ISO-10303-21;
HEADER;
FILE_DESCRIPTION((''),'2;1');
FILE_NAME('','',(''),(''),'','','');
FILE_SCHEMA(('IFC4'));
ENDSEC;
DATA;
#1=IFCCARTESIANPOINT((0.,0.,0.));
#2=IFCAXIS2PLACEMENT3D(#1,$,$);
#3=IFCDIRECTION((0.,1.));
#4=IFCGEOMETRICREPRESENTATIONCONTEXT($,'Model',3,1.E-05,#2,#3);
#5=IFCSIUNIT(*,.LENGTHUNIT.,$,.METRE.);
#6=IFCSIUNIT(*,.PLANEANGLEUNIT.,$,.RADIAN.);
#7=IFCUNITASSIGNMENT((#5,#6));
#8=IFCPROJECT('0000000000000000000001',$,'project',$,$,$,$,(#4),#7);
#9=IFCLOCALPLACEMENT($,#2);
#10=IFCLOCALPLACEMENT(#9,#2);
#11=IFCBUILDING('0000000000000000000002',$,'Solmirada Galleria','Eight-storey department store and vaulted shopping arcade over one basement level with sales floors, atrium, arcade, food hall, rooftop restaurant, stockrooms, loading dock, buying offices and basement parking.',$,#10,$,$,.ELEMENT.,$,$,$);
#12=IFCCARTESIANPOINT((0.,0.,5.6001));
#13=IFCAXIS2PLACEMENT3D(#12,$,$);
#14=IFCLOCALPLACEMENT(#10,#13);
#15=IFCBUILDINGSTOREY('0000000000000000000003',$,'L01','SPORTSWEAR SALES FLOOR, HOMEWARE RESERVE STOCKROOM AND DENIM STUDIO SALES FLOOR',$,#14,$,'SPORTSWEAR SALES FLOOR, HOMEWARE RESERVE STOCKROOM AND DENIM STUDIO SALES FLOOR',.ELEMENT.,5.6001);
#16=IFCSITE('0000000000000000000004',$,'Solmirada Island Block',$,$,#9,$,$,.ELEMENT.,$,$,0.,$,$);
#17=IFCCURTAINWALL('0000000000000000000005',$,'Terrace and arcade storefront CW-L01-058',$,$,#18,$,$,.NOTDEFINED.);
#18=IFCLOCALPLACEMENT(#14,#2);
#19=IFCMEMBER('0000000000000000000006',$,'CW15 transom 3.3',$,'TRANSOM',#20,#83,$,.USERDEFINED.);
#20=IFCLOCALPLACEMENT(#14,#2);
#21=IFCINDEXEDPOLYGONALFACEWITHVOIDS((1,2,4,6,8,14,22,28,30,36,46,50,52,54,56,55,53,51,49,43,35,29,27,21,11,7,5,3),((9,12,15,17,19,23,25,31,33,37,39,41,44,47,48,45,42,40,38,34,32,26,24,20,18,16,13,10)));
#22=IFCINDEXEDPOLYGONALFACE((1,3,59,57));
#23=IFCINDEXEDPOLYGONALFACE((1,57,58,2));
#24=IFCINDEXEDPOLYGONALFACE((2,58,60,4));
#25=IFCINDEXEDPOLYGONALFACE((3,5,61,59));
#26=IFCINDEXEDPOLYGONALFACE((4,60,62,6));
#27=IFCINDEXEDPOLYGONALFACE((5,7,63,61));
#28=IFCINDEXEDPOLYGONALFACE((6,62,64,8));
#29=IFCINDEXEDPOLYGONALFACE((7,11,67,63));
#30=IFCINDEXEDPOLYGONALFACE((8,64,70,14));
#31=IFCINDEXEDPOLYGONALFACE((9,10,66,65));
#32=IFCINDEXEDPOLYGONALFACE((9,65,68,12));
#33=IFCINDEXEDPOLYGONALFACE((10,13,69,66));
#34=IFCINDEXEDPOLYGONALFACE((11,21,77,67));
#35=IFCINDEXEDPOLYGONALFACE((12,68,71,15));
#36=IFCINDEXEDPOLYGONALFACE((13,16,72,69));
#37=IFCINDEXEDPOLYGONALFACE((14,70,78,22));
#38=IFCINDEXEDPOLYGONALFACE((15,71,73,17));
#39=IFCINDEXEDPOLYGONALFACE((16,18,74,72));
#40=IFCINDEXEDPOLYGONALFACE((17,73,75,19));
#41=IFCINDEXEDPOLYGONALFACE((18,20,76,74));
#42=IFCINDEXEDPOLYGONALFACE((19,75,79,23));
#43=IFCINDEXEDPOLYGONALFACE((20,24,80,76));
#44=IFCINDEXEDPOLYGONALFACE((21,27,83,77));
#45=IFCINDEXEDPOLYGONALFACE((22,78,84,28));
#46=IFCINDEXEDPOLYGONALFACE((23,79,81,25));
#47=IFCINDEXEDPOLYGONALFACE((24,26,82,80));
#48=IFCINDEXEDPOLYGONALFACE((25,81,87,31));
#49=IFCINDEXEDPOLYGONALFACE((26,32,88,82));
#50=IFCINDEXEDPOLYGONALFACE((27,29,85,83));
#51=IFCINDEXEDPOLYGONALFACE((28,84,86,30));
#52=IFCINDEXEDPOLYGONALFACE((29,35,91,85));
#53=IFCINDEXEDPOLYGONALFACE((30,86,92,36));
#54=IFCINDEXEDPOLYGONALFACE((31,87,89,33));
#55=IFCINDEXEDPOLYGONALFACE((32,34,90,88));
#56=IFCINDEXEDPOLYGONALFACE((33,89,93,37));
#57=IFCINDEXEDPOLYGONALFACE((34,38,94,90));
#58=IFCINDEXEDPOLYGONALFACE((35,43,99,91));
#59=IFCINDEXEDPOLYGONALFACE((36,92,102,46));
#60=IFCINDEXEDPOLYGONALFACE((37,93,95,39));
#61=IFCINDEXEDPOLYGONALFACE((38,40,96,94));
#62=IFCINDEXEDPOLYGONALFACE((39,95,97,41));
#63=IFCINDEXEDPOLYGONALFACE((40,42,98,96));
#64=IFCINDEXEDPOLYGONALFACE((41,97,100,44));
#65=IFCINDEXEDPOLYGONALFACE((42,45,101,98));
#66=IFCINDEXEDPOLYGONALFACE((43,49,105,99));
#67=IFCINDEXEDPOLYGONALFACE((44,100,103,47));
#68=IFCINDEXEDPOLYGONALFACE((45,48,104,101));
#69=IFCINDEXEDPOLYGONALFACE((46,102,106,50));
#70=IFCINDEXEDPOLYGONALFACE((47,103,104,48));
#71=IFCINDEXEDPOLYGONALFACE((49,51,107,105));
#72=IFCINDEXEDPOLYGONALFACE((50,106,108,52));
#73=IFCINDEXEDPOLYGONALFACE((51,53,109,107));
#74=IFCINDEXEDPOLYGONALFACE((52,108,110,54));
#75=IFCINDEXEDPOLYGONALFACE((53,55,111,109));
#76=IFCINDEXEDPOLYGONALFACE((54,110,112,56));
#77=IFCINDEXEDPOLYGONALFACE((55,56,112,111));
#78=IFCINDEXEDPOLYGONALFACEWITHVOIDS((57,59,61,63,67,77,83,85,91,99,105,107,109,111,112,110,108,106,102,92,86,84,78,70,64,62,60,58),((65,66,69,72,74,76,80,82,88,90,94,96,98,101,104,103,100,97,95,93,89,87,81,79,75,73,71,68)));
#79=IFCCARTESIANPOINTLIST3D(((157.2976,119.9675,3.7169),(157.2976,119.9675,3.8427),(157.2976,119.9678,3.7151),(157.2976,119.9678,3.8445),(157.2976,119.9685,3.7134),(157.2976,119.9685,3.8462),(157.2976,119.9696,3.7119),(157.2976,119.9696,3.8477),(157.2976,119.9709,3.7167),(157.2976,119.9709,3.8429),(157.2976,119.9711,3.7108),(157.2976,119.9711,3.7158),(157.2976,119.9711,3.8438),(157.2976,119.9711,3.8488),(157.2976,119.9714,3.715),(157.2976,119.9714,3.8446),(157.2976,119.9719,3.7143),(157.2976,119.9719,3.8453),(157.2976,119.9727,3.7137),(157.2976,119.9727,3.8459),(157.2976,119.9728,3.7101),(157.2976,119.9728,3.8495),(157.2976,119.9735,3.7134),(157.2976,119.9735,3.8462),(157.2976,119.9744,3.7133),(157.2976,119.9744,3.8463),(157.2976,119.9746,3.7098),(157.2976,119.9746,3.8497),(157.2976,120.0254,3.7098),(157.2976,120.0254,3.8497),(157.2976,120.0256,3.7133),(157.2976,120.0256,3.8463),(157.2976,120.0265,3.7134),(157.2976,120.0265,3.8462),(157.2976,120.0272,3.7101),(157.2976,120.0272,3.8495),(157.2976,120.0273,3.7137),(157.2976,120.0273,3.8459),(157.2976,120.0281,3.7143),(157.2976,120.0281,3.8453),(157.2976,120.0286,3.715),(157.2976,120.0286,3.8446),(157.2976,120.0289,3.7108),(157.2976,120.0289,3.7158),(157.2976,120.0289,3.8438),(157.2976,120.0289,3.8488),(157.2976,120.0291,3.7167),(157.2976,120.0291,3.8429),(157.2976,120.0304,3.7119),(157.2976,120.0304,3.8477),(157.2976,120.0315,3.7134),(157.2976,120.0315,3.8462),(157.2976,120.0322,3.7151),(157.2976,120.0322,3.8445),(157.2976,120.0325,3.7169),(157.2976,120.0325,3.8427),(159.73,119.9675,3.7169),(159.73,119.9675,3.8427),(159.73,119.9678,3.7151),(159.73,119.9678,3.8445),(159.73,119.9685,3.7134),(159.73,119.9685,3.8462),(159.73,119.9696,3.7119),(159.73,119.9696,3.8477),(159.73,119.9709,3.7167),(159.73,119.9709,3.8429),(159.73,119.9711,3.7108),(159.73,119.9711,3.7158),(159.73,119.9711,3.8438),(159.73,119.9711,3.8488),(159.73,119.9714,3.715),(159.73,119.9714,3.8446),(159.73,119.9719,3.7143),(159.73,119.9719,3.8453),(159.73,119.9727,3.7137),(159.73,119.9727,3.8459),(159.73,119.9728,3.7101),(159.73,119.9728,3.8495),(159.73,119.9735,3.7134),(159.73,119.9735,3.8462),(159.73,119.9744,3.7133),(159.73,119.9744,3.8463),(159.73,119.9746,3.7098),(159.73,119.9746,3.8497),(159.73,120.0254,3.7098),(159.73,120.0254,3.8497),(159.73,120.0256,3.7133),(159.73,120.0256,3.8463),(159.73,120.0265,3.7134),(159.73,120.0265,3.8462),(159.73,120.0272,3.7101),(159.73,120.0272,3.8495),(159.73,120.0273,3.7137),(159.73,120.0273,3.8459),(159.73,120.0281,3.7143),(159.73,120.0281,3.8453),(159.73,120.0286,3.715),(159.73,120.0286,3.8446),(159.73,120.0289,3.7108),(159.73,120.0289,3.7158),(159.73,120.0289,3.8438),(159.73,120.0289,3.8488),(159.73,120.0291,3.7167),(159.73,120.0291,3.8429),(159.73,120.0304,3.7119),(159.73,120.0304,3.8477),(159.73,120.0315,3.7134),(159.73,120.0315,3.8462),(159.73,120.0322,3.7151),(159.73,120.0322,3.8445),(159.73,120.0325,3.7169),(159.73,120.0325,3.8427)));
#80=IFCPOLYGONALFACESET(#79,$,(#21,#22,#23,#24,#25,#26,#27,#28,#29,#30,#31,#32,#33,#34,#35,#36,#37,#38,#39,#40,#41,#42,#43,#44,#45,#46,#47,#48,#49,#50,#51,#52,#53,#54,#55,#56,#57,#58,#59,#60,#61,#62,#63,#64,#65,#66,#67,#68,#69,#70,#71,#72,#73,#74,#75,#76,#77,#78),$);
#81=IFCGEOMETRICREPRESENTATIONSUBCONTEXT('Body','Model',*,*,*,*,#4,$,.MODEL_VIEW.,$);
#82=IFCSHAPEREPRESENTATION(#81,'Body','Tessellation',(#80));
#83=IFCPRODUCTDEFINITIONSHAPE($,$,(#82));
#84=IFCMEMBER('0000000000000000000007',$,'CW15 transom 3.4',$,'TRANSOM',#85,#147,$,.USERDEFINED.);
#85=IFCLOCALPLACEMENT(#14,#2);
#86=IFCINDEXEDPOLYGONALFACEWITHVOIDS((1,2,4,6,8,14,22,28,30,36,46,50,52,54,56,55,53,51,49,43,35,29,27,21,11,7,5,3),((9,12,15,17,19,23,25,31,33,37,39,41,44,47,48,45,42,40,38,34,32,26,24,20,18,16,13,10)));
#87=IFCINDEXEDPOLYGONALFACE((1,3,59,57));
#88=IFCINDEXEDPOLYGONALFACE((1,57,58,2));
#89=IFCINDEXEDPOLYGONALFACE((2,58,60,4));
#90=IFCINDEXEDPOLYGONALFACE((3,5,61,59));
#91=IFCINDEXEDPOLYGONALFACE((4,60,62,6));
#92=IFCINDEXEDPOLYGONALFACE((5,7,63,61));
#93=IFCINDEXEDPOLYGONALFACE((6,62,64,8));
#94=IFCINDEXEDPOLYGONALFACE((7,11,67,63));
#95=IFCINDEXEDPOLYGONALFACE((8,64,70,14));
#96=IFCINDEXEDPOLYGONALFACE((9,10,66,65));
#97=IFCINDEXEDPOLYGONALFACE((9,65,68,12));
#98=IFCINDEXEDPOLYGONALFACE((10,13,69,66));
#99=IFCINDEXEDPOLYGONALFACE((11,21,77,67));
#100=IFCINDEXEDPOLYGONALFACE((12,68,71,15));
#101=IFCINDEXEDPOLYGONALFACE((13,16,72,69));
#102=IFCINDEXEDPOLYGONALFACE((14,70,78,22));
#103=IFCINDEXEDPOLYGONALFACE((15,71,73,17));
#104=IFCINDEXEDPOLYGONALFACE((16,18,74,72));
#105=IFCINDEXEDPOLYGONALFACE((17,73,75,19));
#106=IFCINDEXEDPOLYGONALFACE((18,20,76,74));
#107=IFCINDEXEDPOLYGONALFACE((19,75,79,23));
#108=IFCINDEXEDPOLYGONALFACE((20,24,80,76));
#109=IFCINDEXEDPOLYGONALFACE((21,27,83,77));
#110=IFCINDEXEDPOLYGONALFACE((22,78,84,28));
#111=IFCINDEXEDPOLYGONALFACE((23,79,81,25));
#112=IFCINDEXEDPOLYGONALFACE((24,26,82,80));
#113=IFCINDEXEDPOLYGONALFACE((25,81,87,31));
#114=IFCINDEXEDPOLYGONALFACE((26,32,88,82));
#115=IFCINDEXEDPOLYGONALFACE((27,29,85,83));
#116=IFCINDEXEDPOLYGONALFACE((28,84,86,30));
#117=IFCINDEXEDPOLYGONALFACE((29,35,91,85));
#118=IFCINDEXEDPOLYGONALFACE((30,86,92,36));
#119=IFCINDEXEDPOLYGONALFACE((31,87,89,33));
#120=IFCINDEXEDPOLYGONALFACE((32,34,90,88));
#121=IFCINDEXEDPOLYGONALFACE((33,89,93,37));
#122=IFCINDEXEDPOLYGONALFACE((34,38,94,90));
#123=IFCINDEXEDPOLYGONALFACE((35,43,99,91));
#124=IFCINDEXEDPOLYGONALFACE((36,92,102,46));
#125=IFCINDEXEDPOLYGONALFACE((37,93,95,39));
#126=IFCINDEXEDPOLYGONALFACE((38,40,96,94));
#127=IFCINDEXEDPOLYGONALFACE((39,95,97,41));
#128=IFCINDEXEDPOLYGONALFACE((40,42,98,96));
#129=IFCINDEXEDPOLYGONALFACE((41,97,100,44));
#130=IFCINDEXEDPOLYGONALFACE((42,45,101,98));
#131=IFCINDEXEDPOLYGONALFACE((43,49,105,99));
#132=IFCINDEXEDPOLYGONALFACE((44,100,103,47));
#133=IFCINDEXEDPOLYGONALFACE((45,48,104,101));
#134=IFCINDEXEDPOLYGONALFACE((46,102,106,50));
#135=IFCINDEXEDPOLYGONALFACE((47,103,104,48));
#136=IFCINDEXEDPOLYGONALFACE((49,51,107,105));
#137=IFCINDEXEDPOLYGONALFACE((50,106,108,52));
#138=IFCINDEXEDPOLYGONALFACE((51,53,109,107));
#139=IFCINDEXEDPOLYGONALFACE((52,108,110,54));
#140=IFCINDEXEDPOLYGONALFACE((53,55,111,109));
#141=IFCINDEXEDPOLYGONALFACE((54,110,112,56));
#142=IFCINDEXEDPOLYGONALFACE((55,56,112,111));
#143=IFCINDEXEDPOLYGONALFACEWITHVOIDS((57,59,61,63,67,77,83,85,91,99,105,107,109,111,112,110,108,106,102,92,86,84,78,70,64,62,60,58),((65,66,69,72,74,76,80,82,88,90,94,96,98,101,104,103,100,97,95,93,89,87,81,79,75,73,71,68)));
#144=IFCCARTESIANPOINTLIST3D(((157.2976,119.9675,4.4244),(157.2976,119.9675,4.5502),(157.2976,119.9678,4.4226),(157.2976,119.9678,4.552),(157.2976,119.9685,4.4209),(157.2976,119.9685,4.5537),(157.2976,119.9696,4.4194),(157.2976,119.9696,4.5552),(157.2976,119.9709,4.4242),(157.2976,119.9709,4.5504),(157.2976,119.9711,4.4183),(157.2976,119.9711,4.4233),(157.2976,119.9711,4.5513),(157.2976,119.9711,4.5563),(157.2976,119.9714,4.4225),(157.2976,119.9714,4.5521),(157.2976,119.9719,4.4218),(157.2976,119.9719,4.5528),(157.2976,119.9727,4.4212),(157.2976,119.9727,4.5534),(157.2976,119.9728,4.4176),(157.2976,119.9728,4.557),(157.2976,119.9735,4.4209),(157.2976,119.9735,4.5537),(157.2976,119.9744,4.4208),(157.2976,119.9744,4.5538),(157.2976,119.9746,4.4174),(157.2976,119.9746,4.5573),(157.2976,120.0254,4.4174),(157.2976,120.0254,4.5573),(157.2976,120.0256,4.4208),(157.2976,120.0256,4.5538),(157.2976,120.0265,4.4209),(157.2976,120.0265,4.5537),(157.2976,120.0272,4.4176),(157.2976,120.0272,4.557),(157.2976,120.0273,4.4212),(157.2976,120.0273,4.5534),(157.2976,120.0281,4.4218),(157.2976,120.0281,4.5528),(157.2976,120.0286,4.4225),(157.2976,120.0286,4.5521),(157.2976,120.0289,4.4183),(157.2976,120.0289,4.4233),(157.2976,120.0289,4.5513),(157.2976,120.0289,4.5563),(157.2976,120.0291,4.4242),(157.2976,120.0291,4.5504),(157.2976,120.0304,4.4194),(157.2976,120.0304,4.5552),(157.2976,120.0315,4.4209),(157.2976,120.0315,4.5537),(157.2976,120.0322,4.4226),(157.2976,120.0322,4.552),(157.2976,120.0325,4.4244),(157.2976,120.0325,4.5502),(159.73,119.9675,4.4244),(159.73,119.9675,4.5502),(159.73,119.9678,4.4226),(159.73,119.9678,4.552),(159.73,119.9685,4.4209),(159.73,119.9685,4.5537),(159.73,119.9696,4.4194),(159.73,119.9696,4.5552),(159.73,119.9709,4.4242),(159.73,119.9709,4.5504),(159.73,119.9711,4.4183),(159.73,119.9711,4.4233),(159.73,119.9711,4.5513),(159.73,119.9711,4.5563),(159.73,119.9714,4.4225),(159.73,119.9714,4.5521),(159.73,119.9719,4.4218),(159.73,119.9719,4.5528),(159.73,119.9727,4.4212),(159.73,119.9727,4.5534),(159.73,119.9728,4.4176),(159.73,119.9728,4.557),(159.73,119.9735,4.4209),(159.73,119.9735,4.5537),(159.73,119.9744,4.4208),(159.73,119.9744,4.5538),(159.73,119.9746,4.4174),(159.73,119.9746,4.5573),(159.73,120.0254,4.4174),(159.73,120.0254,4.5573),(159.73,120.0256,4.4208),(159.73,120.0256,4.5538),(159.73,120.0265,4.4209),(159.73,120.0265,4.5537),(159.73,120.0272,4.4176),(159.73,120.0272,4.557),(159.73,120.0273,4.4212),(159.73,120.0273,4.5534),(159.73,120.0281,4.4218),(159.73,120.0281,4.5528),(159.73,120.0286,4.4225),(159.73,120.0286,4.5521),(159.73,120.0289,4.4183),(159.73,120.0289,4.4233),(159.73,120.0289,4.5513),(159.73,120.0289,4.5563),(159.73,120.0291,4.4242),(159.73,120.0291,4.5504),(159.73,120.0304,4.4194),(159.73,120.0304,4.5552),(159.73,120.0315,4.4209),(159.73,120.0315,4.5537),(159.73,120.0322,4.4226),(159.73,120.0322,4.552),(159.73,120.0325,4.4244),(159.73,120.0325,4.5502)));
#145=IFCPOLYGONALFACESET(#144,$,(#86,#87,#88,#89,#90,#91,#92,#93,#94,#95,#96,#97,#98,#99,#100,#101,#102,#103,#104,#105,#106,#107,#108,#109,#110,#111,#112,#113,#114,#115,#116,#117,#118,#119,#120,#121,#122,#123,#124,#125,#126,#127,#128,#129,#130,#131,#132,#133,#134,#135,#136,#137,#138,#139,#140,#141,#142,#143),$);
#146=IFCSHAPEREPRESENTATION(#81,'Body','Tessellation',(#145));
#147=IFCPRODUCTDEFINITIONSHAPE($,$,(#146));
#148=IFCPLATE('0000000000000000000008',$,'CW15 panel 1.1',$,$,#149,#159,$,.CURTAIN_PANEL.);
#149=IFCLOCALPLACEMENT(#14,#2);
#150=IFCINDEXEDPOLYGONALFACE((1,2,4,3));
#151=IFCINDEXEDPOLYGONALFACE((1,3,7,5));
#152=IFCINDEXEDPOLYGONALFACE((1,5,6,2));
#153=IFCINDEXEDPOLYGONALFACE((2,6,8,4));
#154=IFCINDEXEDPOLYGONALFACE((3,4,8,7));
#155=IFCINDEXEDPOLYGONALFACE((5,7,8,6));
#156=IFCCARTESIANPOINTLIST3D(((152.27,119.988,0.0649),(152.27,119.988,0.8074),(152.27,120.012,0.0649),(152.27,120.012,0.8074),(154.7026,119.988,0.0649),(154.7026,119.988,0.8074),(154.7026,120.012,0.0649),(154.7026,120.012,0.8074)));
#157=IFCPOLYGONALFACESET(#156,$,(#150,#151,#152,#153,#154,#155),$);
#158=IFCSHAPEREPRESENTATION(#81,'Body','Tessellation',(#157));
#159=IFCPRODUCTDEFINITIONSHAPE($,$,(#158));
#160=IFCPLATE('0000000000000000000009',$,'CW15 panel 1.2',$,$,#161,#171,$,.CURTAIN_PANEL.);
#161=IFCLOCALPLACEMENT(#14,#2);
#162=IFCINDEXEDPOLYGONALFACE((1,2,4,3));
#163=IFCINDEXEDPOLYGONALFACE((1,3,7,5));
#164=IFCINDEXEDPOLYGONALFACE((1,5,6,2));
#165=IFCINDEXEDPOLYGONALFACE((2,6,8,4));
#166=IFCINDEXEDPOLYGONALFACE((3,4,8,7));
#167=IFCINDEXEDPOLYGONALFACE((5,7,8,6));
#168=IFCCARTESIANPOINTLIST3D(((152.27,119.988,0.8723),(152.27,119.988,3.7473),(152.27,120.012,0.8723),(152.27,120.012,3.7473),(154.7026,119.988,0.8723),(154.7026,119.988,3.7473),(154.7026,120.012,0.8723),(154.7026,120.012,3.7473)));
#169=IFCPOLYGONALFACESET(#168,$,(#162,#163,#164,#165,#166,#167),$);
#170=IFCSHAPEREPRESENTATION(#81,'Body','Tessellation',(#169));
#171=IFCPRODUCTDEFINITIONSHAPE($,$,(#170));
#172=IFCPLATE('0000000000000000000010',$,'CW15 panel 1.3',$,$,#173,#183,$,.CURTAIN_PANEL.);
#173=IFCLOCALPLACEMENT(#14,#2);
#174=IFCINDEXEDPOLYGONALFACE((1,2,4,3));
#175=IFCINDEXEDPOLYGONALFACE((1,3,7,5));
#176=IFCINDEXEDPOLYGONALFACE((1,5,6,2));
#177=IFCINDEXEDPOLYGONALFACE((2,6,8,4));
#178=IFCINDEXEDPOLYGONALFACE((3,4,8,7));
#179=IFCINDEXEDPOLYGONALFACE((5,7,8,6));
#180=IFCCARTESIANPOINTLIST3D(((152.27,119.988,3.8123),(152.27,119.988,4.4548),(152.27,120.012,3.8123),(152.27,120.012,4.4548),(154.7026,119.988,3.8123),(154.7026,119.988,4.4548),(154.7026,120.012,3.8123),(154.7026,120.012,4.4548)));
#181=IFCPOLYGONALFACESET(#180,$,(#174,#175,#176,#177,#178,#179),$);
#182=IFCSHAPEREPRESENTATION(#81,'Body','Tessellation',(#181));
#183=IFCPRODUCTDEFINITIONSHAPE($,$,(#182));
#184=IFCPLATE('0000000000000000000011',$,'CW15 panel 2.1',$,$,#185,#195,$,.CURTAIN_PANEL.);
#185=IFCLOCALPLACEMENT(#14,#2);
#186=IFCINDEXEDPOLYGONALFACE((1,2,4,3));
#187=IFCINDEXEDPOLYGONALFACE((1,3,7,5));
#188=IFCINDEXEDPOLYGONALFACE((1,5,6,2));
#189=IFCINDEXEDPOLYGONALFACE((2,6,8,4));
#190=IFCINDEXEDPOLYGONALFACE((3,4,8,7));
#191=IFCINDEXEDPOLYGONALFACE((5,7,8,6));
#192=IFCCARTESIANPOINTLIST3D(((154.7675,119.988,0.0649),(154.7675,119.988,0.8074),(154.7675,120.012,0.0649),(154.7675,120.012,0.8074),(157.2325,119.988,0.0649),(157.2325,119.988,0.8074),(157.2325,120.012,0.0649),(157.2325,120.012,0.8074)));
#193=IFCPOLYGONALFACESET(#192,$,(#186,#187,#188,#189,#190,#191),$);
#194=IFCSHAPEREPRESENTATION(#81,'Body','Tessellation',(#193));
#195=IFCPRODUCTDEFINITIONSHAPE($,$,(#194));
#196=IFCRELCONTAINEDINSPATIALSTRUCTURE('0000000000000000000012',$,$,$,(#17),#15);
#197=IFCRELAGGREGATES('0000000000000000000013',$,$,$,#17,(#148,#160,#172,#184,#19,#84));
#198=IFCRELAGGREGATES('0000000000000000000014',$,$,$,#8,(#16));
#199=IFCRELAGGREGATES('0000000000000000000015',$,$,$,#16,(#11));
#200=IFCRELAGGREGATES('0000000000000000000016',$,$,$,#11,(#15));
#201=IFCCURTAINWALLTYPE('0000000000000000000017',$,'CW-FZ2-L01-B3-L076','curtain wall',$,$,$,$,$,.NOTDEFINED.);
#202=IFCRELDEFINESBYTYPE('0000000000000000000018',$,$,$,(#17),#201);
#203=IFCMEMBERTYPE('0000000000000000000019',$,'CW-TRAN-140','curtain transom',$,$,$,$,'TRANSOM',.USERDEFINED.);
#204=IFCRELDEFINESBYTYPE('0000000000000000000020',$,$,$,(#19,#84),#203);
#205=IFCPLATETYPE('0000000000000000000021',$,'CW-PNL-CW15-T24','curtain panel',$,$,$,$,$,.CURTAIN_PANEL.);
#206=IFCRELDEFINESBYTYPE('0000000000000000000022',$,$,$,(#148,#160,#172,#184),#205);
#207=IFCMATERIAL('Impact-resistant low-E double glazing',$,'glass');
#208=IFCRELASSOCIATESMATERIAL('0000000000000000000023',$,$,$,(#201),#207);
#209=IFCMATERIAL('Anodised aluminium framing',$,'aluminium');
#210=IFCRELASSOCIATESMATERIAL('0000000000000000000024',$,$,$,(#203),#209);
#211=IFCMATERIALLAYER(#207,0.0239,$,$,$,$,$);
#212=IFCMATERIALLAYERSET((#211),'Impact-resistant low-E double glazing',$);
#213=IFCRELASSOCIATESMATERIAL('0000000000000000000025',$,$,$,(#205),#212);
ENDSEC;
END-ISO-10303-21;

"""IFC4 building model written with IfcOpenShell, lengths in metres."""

from ifc_helpers import new_model, si_unit, direction, frame, origin, origin_2d, place, context, subcontext, project, spatial, rectangle, hollow_rectangle, extrude, material, layer, layer_set, material_profile, profile_set, type_object, element, aggregate, save


model = new_model("IFC4")

# Units and contexts
model_context = context("Model", 3, precision=1e-05, world=origin(), true_north=direction((0.0, 1.0)))
body_context = subcontext(model_context, "Body", "Model", "MODEL_VIEW")
ifc_project = project(units=[si_unit("LENGTHUNIT", "METRE"), si_unit("PLANEANGLEUNIT", "RADIAN")], contexts=[model_context])

# Site, building, storey
site_placement = place(None, origin())
site = spatial("IfcSite", under=ifc_project, at=site_placement, Name="Solmirada Island Block", CompositionType="ELEMENT", RefElevation=0.0)
building_placement = place(site_placement, origin())
building = spatial("IfcBuilding", under=site, at=building_placement, Name="Solmirada Galleria", Description="Eight-storey department store and vaulted shopping arcade over one basement level with sales floors, atrium, arcade, food hall, rooftop restaurant, stockrooms, loading dock, buying offices and basement parking.", CompositionType="ELEMENT")
storey_placement = place(building_placement, frame((0.0, 0.0, 5.6001)))
storey = spatial("IfcBuildingStorey", under=building, at=storey_placement, Name="L01", Description="SPORTSWEAR SALES FLOOR, HOMEWARE RESERVE STOCKROOM AND DENIM STUDIO SALES FLOOR", LongName="SPORTSWEAR SALES FLOOR, HOMEWARE RESERVE STOCKROOM AND DENIM STUDIO SALES FLOOR", CompositionType="ELEMENT", Elevation=5.6001)

# Curtain wall, members, plates
ifc_material_1 = material(Name="Impact-resistant low-E double glazing", Category="glass")
curtain_wall_type = type_object("IfcCurtainWallType", Name="CW-FZ2-L01-B3-L076", Description="curtain wall", PredefinedType="NOTDEFINED", material=ifc_material_1)
curtain_wall_placement = place(storey_placement, origin())
curtain_wall = element("IfcCurtainWall", 1, at=curtain_wall_placement, inside=storey, type_object=curtain_wall_type, Name="Terrace and arcade storefront CW-L01-058", PredefinedType="NOTDEFINED")
ifc_material_2 = material(Name="Anodised aluminium framing", Category="aluminium")
ifc_material_profile_1 = material_profile(ifc_material_2, hollow_rectangle(XDim=0.0649, YDim=0.1399, WallThickness=0.0034, InnerFilletRadius=0.0034, OuterFilletRadius=0.0071, at=origin_2d()), Name="ALU-TRAN-140X65")
ifc_profile_set_1 = profile_set([ifc_material_profile_1], Name="Anodised aluminium framing")
member_type_1 = type_object("IfcMemberType", Name="CW-TRAN-140", Description="curtain transom", ElementType="TRANSOM", PredefinedType="USERDEFINED", material=ifc_profile_set_1)
member_1_placement = place(storey_placement, frame((157.2976, 120.0, 3.7798), z_axis=(1.0, 0.0, 0.0), x_axis=(0.0, 1.0, 0.0)))
member_1 = element("IfcMember", 2, at=member_1_placement, type_object=member_type_1, Name="CW15 transom 3.3", ObjectType="TRANSOM", PredefinedType="USERDEFINED", context=body_context, shape_type="SweptSolid", body=[
    extrude(hollow_rectangle(XDim=0.0649, YDim=0.1399, WallThickness=0.0034, InnerFilletRadius=0.0034, OuterFilletRadius=0.0071, at=origin_2d()), origin(), (0.0, 0.0, 1.0), 2.4324),
])
member_2_placement = place(storey_placement, frame((157.2976, 120.0, 4.4873), z_axis=(1.0, 0.0, 0.0), x_axis=(0.0, 1.0, 0.0)))
member_2 = element("IfcMember", 3, at=member_2_placement, type_object=member_type_1, Name="CW15 transom 3.4", ObjectType="TRANSOM", PredefinedType="USERDEFINED", context=body_context, shape_type="SweptSolid", body=[
    extrude(hollow_rectangle(XDim=0.0649, YDim=0.1399, WallThickness=0.0034, InnerFilletRadius=0.0034, OuterFilletRadius=0.0071, at=origin_2d()), origin(), (0.0, 0.0, 1.0), 2.4324),
])
ifc_layer = layer(ifc_material_1, 0.0239)
ifc_layer_set = layer_set([ifc_layer], Name="Impact-resistant low-E double glazing")
plate_type = type_object("IfcPlateType", Name="CW-PNL-CW15-T24", Description="curtain panel", PredefinedType="CURTAIN_PANEL", material=ifc_layer_set)
plate_1_placement = place(storey_placement, frame((153.4863, 120.0, 0.0649), z_axis=(0.0, 0.0, 1.0), x_axis=(1.0, 0.0, 0.0)))
plate_1 = element("IfcPlate", 4, at=plate_1_placement, type_object=plate_type, Name="CW15 panel 1.1", PredefinedType="CURTAIN_PANEL", context=body_context, shape_type="SweptSolid", body=[
    extrude(rectangle(XDim=2.4326, YDim=0.0239, at=origin_2d()), origin(), (0.0, 0.0, 1.0), 0.7424),
])
plate_2_placement = place(storey_placement, frame((153.4863, 120.0, 0.8723), z_axis=(0.0, 0.0, 1.0), x_axis=(1.0, 0.0, 0.0)))
plate_2 = element("IfcPlate", 5, at=plate_2_placement, type_object=plate_type, Name="CW15 panel 1.2", PredefinedType="CURTAIN_PANEL", context=body_context, shape_type="SweptSolid", body=[
    extrude(rectangle(XDim=2.4326, YDim=0.0239, at=origin_2d()), origin(), (0.0, 0.0, 1.0), 2.875),
])
plate_3_placement = place(storey_placement, frame((153.4863, 120.0, 3.8123), z_axis=(0.0, 0.0, 1.0), x_axis=(1.0, 0.0, 0.0)))
plate_3 = element("IfcPlate", 6, at=plate_3_placement, type_object=plate_type, Name="CW15 panel 1.3", PredefinedType="CURTAIN_PANEL", context=body_context, shape_type="SweptSolid", body=[
    extrude(rectangle(XDim=2.4326, YDim=0.0239, at=origin_2d()), origin(), (0.0, 0.0, 1.0), 0.6426),
])
plate_4_placement = place(storey_placement, frame((156.0, 120.0, 0.0649), z_axis=(0.0, 0.0, 1.0), x_axis=(1.0, 0.0, 0.0)))
plate_4 = element("IfcPlate", 7, at=plate_4_placement, type_object=plate_type, Name="CW15 panel 2.1", PredefinedType="CURTAIN_PANEL", context=body_context, shape_type="SweptSolid", body=[
    extrude(rectangle(XDim=2.4651, YDim=0.0239, at=origin_2d()), origin(), (0.0, 0.0, 1.0), 0.7424),
])
aggregate(curtain_wall, [plate_1, plate_2, plate_3, plate_4, member_1, member_2])

save(model, "model.ifc")
